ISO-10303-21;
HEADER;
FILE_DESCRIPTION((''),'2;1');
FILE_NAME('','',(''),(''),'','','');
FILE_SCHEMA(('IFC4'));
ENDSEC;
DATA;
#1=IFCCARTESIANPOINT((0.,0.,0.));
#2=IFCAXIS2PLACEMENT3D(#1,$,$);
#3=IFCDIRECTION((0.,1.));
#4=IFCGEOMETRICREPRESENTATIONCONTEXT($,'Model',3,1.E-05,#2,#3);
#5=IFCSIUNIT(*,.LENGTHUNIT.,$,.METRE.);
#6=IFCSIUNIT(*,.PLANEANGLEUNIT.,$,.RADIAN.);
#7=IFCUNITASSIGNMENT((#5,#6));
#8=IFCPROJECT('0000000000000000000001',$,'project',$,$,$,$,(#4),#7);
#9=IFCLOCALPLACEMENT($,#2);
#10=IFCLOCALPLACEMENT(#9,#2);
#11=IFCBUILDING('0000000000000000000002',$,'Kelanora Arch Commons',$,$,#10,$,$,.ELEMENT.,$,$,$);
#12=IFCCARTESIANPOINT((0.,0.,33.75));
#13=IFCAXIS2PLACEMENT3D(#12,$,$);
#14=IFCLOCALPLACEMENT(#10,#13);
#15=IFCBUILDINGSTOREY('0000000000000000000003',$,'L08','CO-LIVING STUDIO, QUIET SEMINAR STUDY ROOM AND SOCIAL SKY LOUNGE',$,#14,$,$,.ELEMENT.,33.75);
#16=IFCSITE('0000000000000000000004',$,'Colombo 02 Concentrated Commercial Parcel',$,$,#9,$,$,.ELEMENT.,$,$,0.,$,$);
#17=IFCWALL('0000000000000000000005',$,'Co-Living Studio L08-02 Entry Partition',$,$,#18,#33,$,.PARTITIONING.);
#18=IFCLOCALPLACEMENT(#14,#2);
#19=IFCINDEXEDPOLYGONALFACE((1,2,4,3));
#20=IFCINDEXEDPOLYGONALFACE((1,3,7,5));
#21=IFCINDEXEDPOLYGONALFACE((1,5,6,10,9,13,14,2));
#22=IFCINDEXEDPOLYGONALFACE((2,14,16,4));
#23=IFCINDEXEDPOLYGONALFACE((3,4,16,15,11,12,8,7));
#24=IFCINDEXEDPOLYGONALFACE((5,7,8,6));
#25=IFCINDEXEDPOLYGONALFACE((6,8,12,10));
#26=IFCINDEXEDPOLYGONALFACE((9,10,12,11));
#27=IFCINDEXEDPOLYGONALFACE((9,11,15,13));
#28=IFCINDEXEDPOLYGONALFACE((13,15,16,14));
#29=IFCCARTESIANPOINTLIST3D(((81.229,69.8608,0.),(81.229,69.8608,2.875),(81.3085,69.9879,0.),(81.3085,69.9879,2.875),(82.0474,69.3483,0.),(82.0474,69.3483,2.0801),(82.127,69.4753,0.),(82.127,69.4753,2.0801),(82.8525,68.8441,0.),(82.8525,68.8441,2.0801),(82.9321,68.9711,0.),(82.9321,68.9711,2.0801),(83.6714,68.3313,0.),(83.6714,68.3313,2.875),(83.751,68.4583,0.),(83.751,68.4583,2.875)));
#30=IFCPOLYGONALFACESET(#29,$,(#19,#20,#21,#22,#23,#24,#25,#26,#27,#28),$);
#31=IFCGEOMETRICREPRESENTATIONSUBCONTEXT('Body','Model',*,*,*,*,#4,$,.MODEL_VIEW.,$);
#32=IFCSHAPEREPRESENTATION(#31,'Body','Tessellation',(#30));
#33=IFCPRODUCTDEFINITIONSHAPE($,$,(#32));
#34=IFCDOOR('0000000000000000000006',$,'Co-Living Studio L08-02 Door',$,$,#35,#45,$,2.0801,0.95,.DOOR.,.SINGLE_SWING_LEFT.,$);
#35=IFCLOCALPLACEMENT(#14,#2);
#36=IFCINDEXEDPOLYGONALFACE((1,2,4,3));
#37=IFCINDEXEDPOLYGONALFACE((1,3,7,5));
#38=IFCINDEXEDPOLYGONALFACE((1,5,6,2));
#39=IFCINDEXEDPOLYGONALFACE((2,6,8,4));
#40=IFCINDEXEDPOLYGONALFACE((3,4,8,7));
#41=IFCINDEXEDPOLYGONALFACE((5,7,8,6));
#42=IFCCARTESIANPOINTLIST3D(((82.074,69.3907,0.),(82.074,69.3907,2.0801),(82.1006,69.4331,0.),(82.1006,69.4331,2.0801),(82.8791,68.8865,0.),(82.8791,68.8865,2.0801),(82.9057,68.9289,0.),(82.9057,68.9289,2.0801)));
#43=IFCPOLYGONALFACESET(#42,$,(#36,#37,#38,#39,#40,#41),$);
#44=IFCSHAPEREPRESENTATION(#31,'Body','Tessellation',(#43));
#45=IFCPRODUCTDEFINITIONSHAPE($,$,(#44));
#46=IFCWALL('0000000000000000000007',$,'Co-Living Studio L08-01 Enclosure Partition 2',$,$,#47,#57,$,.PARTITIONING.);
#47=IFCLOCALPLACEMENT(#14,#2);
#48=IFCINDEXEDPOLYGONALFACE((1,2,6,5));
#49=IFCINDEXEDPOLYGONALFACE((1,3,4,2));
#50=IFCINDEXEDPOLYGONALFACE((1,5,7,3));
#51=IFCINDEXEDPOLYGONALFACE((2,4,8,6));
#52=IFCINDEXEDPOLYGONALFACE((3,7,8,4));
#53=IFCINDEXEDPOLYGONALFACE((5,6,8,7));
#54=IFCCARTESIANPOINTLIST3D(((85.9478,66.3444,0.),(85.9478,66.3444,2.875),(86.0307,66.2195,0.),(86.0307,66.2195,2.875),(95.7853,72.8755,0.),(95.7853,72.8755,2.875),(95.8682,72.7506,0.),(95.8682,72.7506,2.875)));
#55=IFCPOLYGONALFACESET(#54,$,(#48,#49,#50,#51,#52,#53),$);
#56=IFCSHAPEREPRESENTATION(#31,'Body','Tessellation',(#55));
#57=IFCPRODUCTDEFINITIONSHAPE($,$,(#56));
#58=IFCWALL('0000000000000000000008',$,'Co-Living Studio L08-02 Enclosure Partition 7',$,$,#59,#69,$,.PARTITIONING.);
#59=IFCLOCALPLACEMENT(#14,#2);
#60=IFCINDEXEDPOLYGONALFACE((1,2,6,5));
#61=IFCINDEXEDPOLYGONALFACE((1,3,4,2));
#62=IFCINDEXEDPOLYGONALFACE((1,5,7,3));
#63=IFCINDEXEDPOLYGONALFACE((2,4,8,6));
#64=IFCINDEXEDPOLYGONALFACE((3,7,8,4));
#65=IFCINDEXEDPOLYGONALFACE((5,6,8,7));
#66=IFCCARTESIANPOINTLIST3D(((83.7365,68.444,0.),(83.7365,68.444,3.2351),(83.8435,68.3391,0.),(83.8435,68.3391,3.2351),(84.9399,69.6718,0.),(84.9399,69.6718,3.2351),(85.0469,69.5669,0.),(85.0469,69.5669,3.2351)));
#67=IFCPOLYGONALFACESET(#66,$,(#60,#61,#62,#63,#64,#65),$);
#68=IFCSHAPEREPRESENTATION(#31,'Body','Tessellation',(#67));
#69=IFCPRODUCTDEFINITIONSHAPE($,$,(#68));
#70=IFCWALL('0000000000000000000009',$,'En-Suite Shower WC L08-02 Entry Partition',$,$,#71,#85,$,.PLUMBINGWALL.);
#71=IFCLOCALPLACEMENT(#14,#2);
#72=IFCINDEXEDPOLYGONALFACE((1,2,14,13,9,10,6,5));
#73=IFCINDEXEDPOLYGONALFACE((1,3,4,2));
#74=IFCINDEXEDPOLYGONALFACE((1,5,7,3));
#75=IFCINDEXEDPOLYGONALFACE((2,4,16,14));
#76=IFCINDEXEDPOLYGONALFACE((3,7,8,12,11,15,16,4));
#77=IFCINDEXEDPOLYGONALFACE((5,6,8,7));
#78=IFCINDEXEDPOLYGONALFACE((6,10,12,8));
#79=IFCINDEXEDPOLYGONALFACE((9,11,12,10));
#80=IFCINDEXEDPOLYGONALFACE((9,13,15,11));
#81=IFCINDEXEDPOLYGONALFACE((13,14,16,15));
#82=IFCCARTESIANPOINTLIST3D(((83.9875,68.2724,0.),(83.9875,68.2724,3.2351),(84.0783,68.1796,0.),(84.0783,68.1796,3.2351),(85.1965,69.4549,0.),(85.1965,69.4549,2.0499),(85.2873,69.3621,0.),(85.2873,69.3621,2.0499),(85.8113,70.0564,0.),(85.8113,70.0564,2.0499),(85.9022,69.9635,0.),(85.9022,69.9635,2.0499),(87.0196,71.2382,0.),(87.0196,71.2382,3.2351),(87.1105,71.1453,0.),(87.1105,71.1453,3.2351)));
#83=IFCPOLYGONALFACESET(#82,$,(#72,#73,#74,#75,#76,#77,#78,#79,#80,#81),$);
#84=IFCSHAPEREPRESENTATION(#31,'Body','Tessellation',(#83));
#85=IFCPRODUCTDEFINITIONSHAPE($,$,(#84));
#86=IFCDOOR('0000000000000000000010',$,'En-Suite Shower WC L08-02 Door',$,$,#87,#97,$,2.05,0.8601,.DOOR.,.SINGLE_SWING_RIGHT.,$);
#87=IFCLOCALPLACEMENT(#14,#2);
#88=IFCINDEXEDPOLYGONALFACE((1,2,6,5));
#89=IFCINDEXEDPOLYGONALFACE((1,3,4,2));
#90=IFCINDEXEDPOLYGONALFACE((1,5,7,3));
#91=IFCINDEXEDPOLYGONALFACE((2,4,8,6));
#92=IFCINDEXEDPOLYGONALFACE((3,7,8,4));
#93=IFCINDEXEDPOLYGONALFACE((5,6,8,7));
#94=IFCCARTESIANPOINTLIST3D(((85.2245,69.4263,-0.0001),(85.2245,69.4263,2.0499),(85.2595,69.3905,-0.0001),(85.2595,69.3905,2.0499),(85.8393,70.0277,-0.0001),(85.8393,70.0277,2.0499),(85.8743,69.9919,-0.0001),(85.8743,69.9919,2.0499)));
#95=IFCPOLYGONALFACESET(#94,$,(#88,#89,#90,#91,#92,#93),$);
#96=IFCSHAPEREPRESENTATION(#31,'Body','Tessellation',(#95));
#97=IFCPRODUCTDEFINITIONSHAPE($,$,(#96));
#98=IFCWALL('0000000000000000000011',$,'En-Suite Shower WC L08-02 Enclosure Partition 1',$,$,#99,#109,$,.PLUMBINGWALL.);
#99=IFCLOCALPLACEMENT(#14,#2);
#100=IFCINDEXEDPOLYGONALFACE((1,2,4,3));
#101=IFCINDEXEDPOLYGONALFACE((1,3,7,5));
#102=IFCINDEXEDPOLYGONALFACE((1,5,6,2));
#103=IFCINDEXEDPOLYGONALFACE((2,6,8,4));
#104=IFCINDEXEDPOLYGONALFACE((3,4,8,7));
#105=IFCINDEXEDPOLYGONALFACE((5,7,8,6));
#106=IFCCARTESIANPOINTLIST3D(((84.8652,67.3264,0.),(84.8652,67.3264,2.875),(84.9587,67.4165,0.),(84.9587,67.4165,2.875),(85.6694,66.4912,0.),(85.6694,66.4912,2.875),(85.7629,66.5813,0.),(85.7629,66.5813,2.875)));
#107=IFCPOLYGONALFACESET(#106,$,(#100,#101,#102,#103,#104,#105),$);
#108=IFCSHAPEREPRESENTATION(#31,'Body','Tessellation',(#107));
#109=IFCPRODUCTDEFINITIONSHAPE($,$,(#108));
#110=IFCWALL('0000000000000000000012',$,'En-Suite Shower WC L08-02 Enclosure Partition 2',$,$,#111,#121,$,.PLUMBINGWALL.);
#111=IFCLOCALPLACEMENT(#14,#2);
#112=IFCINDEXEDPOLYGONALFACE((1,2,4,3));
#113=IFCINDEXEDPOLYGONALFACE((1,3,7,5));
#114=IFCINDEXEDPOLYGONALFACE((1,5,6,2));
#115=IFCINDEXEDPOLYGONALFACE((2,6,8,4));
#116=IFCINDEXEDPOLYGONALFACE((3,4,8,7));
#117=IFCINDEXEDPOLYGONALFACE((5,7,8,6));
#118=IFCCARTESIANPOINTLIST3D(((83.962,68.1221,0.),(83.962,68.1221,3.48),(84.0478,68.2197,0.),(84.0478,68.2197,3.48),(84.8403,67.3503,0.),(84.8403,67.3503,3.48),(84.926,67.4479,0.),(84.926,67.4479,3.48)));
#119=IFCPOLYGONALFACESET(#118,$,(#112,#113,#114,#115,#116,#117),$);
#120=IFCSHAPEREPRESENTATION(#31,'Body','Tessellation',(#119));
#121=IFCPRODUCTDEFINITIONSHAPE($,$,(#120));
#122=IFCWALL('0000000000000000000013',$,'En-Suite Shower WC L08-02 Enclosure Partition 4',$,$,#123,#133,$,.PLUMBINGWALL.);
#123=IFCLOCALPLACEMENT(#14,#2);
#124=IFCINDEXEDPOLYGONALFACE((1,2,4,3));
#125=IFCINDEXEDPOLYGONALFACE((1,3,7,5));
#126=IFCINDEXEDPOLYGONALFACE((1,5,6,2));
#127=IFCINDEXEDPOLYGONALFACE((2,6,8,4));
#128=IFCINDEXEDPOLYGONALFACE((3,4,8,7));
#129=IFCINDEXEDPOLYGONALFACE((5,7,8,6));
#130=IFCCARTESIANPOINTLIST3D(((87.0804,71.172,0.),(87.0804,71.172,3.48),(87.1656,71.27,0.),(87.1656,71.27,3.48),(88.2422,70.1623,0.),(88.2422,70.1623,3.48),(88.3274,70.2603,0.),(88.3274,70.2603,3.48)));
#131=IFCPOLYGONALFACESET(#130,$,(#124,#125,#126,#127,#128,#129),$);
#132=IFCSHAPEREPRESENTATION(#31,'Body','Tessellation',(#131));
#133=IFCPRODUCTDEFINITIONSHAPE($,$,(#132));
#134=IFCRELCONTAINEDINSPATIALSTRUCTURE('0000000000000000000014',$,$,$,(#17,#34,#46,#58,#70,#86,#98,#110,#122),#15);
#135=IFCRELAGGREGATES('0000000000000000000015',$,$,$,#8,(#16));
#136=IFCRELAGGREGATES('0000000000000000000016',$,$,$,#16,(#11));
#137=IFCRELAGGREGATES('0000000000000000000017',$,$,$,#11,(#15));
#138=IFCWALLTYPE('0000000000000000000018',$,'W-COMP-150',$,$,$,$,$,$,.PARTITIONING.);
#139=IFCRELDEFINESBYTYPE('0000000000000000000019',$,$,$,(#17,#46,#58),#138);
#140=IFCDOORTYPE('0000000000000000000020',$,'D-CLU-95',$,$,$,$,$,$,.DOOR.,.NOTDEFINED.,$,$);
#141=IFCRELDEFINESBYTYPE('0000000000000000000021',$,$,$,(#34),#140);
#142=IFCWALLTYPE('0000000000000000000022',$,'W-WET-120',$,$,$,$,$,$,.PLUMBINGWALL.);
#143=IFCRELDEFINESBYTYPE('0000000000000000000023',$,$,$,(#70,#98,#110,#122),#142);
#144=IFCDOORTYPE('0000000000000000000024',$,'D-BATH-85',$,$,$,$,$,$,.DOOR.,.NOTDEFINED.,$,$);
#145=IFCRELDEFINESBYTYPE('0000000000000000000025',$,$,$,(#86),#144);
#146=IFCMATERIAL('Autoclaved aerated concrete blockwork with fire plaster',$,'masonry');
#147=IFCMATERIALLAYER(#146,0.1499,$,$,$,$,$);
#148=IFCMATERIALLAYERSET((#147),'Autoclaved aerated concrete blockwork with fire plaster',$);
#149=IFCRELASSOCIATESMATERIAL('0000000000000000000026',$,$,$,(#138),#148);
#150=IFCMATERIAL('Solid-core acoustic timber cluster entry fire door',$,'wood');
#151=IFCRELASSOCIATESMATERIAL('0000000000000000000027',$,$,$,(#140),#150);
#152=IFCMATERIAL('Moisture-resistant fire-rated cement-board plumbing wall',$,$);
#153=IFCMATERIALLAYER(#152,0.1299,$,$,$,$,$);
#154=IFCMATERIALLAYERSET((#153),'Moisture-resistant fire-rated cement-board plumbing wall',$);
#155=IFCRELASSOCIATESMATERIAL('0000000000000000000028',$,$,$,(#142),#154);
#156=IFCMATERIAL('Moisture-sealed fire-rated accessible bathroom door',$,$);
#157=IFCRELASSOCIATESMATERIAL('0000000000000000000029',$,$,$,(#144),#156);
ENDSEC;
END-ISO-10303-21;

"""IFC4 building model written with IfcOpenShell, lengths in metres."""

from ifc_helpers import new_model, si_unit, direction, frame, frame_2d, origin, place, context, subcontext, project, spatial, rectangle, extrude, material, layer, layer_set, type_object, element, fill, save


model = new_model("IFC4")

# Units and contexts
model_context = context("Model", 3, precision=1e-05, world=origin(), true_north=direction((0.0, 1.0)))
body_context = subcontext(model_context, "Body", "Model", "MODEL_VIEW")
ifc_project = project(units=[si_unit("LENGTHUNIT", "METRE"), si_unit("PLANEANGLEUNIT", "RADIAN")], contexts=[model_context])

# Site, building, storey
site_placement = place(None, origin())
site = spatial("IfcSite", under=ifc_project, at=site_placement, Name="Colombo 02 Concentrated Commercial Parcel", CompositionType="ELEMENT", RefElevation=0.0)
building_placement = place(site_placement, origin())
building = spatial("IfcBuilding", under=site, at=building_placement, Name="Kelanora Arch Commons", CompositionType="ELEMENT")
storey_placement = place(building_placement, frame((0.0, 0.0, 33.75)))
storey = spatial("IfcBuildingStorey", under=building, at=storey_placement, Name="L08", Description="CO-LIVING STUDIO, QUIET SEMINAR STUDY ROOM AND SOCIAL SKY LOUNGE", CompositionType="ELEMENT", Elevation=33.75)

# Wall, opening, door
ifc_material_1 = material(Name="Autoclaved aerated concrete blockwork with fire plaster", Category="masonry")
ifc_layer_1 = layer(ifc_material_1, 0.1499)
ifc_layer_set_1 = layer_set([ifc_layer_1], Name="Autoclaved aerated concrete blockwork with fire plaster")
wall_type_1 = type_object("IfcWallType", Name="W-COMP-150", PredefinedType="PARTITIONING", material=ifc_layer_set_1)
ifc_material_2 = material(Name="Solid-core acoustic timber cluster entry fire door", Category="wood")
door_type_1 = type_object("IfcDoorType", Name="D-CLU-95", OperationType="NOTDEFINED", PredefinedType="DOOR", material=ifc_material_2)
wall_1_placement = place(storey_placement, frame((83.7112, 68.3948, 0.0), z_axis=(0.0, 0.0, 1.0), x_axis=(-0.847522, 0.53076, 0.0)))
wall_1 = element("IfcWall", 1, at=wall_1_placement, inside=storey, type_object=wall_type_1, Name="Co-Living Studio L08-02 Entry Partition", PredefinedType="PARTITIONING", context=body_context, shape_type="SweptSolid", body=[
    extrude(rectangle(XDim=2.8818, YDim=0.1499, at=frame_2d((1.4409, 0.0))), origin(), (0.0, 0.0, 1.0), 2.875),
])
opening_1_placement = place(wall_1_placement, frame((0.9661, 0.0, 0.0)))
opening_1 = element("IfcOpeningElement", 2, at=opening_1_placement, cuts=wall_1, PredefinedType="OPENING", context=body_context, shape_type="SweptSolid", body=[
    extrude(rectangle(XDim=0.95, YDim=2.0801, at=frame_2d((0.4751, 1.04))), frame((0.0, 0.085, 0.0), z_axis=(0.0, -1.0, 0.0), x_axis=(1.0, 0.0, 0.0)), (0.0, 0.0, 1.0), 0.1699),
])
door_1_placement = place(opening_1_placement, origin())
door_1 = element("IfcDoor", 3, at=door_1_placement, inside=storey, type_object=door_type_1, Name="Co-Living Studio L08-02 Door", OperationType="SINGLE_SWING_LEFT", OverallHeight=2.0801, OverallWidth=0.95, PredefinedType="DOOR", context=body_context, shape_type="SweptSolid", body=[
    extrude(rectangle(XDim=0.95, YDim=2.0801, at=frame_2d((0.4751, 1.04))), frame((0.0, 0.0249, 0.0), z_axis=(0.0, -1.0, 0.0), x_axis=(1.0, 0.0, 0.0)), (0.0, 0.0, 1.0), 0.05),
])
fill(opening_1, door_1)

# Walls
wall_2_placement = place(storey_placement, frame((85.9893, 66.282, 0.0), z_axis=(0.0, 0.0, 1.0), x_axis=(0.833114, 0.553101, 0.0)))
element("IfcWall", 4, at=wall_2_placement, inside=storey, type_object=wall_type_1, Name="Co-Living Studio L08-01 Enclosure Partition 2", PredefinedType="PARTITIONING", context=body_context, shape_type="SweptSolid", body=[
    extrude(rectangle(XDim=11.8081, YDim=0.1499, at=frame_2d((5.9041, 0.0))), origin(), (0.0, 0.0, 1.0), 2.875),
])
wall_3_placement = place(storey_placement, frame((84.9934, 69.6194, 0.0), z_axis=(0.0, 0.0, 1.0), x_axis=(-0.699971, -0.714172, 0.0)))
element("IfcWall", 5, at=wall_3_placement, inside=storey, type_object=wall_type_1, Name="Co-Living Studio L08-02 Enclosure Partition 7", PredefinedType="PARTITIONING", context=body_context, shape_type="SweptSolid", body=[
    extrude(rectangle(XDim=1.7192, YDim=0.1499, at=frame_2d((0.8596, 0.0))), origin(), (0.0, 0.0, 1.0), 3.2351),
])

# Wall, opening, door
ifc_material_3 = material(Name="Moisture-resistant fire-rated cement-board plumbing wall")
ifc_layer_2 = layer(ifc_material_3, 0.1299)
ifc_layer_set_2 = layer_set([ifc_layer_2], Name="Moisture-resistant fire-rated cement-board plumbing wall")
wall_type_2 = type_object("IfcWallType", Name="W-WET-120", PredefinedType="PLUMBINGWALL", material=ifc_layer_set_2)
wall_4_placement = place(storey_placement, frame((84.033, 68.2261, 0.0), z_axis=(0.0, 0.0, 1.0), x_axis=(0.714892, 0.699235, 0.0)))
wall_4 = element("IfcWall", 6, at=wall_4_placement, inside=storey, type_object=wall_type_2, Name="En-Suite Shower WC L08-02 Entry Partition", PredefinedType="PLUMBINGWALL", context=body_context, shape_type="SweptSolid", body=[
    extrude(rectangle(XDim=4.2415, YDim=0.1299, at=frame_2d((2.1206, 0.0))), origin(), (0.0, 0.0, 1.0), 3.2351),
])
opening_2_placement = place(wall_4_placement, frame((1.6909, 0.0, 0.0)))
opening_2 = element("IfcOpeningElement", 7, at=opening_2_placement, cuts=wall_4, PredefinedType="OPENING", context=body_context, shape_type="SweptSolid", body=[
    extrude(rectangle(XDim=0.8601, YDim=2.05, at=frame_2d((0.4302, 1.0249))), frame((0.0, 0.075, 0.0), z_axis=(0.0, -1.0, 0.0), x_axis=(1.0, 0.0, 0.0)), (0.0, 0.0, 1.0), 0.1499),
])
ifc_material_4 = material(Name="Moisture-sealed fire-rated accessible bathroom door")
door_type_2 = type_object("IfcDoorType", Name="D-BATH-85", OperationType="NOTDEFINED", PredefinedType="DOOR", material=ifc_material_4)
door_2_placement = place(opening_2_placement, origin())
door_2 = element("IfcDoor", 8, at=door_2_placement, inside=storey, type_object=door_type_2, Name="En-Suite Shower WC L08-02 Door", OperationType="SINGLE_SWING_RIGHT", OverallHeight=2.05, OverallWidth=0.8601, PredefinedType="DOOR", context=body_context, shape_type="SweptSolid", body=[
    extrude(rectangle(XDim=0.8601, YDim=2.05, at=frame_2d((0.4302, 1.0249))), frame((0.0, 0.0249, 0.0), z_axis=(0.0, -1.0, 0.0), x_axis=(1.0, 0.0, 0.0)), (0.0, 0.0, 1.0), 0.05),
])
fill(opening_2, door_2)

# Walls
wall_5_placement = place(storey_placement, frame((85.7161, 66.5364, 0.0), z_axis=(0.0, 0.0, 1.0), x_axis=(-0.693609, 0.720351, 0.0)))
element("IfcWall", 9, at=wall_5_placement, inside=storey, type_object=wall_type_2, Name="En-Suite Shower WC L08-02 Enclosure Partition 1", PredefinedType="PLUMBINGWALL", context=body_context, shape_type="SweptSolid", body=[
    extrude(rectangle(XDim=1.1594, YDim=0.1299, at=frame_2d((0.5796, 0.0))), origin(), (0.0, 0.0, 1.0), 2.875),
])
wall_6_placement = place(storey_placement, frame((84.8831, 67.3992, 0.0), z_axis=(0.0, 0.0, 1.0), x_axis=(-0.751165, 0.660115, 0.0)))
element("IfcWall", 10, at=wall_6_placement, inside=storey, type_object=wall_type_2, Name="En-Suite Shower WC L08-02 Enclosure Partition 2", PredefinedType="PLUMBINGWALL", context=body_context, shape_type="SweptSolid", body=[
    extrude(rectangle(XDim=1.1692, YDim=0.1299, at=frame_2d((0.5845, 0.0))), origin(), (0.0, 0.0, 1.0), 3.48),
])
wall_7_placement = place(storey_placement, frame((87.123, 71.2209, 0.0), z_axis=(0.0, 0.0, 1.0), x_axis=(0.754783, -0.655975, 0.0)))
element("IfcWall", 11, at=wall_7_placement, inside=storey, type_object=wall_type_2, Name="En-Suite Shower WC L08-02 Enclosure Partition 4", PredefinedType="PLUMBINGWALL", context=body_context, shape_type="SweptSolid", body=[
    extrude(rectangle(XDim=1.5393, YDim=0.1299, at=frame_2d((0.7695, 0.0))), origin(), (0.0, 0.0, 1.0), 3.48),
])

save(model, "model.ifc")
